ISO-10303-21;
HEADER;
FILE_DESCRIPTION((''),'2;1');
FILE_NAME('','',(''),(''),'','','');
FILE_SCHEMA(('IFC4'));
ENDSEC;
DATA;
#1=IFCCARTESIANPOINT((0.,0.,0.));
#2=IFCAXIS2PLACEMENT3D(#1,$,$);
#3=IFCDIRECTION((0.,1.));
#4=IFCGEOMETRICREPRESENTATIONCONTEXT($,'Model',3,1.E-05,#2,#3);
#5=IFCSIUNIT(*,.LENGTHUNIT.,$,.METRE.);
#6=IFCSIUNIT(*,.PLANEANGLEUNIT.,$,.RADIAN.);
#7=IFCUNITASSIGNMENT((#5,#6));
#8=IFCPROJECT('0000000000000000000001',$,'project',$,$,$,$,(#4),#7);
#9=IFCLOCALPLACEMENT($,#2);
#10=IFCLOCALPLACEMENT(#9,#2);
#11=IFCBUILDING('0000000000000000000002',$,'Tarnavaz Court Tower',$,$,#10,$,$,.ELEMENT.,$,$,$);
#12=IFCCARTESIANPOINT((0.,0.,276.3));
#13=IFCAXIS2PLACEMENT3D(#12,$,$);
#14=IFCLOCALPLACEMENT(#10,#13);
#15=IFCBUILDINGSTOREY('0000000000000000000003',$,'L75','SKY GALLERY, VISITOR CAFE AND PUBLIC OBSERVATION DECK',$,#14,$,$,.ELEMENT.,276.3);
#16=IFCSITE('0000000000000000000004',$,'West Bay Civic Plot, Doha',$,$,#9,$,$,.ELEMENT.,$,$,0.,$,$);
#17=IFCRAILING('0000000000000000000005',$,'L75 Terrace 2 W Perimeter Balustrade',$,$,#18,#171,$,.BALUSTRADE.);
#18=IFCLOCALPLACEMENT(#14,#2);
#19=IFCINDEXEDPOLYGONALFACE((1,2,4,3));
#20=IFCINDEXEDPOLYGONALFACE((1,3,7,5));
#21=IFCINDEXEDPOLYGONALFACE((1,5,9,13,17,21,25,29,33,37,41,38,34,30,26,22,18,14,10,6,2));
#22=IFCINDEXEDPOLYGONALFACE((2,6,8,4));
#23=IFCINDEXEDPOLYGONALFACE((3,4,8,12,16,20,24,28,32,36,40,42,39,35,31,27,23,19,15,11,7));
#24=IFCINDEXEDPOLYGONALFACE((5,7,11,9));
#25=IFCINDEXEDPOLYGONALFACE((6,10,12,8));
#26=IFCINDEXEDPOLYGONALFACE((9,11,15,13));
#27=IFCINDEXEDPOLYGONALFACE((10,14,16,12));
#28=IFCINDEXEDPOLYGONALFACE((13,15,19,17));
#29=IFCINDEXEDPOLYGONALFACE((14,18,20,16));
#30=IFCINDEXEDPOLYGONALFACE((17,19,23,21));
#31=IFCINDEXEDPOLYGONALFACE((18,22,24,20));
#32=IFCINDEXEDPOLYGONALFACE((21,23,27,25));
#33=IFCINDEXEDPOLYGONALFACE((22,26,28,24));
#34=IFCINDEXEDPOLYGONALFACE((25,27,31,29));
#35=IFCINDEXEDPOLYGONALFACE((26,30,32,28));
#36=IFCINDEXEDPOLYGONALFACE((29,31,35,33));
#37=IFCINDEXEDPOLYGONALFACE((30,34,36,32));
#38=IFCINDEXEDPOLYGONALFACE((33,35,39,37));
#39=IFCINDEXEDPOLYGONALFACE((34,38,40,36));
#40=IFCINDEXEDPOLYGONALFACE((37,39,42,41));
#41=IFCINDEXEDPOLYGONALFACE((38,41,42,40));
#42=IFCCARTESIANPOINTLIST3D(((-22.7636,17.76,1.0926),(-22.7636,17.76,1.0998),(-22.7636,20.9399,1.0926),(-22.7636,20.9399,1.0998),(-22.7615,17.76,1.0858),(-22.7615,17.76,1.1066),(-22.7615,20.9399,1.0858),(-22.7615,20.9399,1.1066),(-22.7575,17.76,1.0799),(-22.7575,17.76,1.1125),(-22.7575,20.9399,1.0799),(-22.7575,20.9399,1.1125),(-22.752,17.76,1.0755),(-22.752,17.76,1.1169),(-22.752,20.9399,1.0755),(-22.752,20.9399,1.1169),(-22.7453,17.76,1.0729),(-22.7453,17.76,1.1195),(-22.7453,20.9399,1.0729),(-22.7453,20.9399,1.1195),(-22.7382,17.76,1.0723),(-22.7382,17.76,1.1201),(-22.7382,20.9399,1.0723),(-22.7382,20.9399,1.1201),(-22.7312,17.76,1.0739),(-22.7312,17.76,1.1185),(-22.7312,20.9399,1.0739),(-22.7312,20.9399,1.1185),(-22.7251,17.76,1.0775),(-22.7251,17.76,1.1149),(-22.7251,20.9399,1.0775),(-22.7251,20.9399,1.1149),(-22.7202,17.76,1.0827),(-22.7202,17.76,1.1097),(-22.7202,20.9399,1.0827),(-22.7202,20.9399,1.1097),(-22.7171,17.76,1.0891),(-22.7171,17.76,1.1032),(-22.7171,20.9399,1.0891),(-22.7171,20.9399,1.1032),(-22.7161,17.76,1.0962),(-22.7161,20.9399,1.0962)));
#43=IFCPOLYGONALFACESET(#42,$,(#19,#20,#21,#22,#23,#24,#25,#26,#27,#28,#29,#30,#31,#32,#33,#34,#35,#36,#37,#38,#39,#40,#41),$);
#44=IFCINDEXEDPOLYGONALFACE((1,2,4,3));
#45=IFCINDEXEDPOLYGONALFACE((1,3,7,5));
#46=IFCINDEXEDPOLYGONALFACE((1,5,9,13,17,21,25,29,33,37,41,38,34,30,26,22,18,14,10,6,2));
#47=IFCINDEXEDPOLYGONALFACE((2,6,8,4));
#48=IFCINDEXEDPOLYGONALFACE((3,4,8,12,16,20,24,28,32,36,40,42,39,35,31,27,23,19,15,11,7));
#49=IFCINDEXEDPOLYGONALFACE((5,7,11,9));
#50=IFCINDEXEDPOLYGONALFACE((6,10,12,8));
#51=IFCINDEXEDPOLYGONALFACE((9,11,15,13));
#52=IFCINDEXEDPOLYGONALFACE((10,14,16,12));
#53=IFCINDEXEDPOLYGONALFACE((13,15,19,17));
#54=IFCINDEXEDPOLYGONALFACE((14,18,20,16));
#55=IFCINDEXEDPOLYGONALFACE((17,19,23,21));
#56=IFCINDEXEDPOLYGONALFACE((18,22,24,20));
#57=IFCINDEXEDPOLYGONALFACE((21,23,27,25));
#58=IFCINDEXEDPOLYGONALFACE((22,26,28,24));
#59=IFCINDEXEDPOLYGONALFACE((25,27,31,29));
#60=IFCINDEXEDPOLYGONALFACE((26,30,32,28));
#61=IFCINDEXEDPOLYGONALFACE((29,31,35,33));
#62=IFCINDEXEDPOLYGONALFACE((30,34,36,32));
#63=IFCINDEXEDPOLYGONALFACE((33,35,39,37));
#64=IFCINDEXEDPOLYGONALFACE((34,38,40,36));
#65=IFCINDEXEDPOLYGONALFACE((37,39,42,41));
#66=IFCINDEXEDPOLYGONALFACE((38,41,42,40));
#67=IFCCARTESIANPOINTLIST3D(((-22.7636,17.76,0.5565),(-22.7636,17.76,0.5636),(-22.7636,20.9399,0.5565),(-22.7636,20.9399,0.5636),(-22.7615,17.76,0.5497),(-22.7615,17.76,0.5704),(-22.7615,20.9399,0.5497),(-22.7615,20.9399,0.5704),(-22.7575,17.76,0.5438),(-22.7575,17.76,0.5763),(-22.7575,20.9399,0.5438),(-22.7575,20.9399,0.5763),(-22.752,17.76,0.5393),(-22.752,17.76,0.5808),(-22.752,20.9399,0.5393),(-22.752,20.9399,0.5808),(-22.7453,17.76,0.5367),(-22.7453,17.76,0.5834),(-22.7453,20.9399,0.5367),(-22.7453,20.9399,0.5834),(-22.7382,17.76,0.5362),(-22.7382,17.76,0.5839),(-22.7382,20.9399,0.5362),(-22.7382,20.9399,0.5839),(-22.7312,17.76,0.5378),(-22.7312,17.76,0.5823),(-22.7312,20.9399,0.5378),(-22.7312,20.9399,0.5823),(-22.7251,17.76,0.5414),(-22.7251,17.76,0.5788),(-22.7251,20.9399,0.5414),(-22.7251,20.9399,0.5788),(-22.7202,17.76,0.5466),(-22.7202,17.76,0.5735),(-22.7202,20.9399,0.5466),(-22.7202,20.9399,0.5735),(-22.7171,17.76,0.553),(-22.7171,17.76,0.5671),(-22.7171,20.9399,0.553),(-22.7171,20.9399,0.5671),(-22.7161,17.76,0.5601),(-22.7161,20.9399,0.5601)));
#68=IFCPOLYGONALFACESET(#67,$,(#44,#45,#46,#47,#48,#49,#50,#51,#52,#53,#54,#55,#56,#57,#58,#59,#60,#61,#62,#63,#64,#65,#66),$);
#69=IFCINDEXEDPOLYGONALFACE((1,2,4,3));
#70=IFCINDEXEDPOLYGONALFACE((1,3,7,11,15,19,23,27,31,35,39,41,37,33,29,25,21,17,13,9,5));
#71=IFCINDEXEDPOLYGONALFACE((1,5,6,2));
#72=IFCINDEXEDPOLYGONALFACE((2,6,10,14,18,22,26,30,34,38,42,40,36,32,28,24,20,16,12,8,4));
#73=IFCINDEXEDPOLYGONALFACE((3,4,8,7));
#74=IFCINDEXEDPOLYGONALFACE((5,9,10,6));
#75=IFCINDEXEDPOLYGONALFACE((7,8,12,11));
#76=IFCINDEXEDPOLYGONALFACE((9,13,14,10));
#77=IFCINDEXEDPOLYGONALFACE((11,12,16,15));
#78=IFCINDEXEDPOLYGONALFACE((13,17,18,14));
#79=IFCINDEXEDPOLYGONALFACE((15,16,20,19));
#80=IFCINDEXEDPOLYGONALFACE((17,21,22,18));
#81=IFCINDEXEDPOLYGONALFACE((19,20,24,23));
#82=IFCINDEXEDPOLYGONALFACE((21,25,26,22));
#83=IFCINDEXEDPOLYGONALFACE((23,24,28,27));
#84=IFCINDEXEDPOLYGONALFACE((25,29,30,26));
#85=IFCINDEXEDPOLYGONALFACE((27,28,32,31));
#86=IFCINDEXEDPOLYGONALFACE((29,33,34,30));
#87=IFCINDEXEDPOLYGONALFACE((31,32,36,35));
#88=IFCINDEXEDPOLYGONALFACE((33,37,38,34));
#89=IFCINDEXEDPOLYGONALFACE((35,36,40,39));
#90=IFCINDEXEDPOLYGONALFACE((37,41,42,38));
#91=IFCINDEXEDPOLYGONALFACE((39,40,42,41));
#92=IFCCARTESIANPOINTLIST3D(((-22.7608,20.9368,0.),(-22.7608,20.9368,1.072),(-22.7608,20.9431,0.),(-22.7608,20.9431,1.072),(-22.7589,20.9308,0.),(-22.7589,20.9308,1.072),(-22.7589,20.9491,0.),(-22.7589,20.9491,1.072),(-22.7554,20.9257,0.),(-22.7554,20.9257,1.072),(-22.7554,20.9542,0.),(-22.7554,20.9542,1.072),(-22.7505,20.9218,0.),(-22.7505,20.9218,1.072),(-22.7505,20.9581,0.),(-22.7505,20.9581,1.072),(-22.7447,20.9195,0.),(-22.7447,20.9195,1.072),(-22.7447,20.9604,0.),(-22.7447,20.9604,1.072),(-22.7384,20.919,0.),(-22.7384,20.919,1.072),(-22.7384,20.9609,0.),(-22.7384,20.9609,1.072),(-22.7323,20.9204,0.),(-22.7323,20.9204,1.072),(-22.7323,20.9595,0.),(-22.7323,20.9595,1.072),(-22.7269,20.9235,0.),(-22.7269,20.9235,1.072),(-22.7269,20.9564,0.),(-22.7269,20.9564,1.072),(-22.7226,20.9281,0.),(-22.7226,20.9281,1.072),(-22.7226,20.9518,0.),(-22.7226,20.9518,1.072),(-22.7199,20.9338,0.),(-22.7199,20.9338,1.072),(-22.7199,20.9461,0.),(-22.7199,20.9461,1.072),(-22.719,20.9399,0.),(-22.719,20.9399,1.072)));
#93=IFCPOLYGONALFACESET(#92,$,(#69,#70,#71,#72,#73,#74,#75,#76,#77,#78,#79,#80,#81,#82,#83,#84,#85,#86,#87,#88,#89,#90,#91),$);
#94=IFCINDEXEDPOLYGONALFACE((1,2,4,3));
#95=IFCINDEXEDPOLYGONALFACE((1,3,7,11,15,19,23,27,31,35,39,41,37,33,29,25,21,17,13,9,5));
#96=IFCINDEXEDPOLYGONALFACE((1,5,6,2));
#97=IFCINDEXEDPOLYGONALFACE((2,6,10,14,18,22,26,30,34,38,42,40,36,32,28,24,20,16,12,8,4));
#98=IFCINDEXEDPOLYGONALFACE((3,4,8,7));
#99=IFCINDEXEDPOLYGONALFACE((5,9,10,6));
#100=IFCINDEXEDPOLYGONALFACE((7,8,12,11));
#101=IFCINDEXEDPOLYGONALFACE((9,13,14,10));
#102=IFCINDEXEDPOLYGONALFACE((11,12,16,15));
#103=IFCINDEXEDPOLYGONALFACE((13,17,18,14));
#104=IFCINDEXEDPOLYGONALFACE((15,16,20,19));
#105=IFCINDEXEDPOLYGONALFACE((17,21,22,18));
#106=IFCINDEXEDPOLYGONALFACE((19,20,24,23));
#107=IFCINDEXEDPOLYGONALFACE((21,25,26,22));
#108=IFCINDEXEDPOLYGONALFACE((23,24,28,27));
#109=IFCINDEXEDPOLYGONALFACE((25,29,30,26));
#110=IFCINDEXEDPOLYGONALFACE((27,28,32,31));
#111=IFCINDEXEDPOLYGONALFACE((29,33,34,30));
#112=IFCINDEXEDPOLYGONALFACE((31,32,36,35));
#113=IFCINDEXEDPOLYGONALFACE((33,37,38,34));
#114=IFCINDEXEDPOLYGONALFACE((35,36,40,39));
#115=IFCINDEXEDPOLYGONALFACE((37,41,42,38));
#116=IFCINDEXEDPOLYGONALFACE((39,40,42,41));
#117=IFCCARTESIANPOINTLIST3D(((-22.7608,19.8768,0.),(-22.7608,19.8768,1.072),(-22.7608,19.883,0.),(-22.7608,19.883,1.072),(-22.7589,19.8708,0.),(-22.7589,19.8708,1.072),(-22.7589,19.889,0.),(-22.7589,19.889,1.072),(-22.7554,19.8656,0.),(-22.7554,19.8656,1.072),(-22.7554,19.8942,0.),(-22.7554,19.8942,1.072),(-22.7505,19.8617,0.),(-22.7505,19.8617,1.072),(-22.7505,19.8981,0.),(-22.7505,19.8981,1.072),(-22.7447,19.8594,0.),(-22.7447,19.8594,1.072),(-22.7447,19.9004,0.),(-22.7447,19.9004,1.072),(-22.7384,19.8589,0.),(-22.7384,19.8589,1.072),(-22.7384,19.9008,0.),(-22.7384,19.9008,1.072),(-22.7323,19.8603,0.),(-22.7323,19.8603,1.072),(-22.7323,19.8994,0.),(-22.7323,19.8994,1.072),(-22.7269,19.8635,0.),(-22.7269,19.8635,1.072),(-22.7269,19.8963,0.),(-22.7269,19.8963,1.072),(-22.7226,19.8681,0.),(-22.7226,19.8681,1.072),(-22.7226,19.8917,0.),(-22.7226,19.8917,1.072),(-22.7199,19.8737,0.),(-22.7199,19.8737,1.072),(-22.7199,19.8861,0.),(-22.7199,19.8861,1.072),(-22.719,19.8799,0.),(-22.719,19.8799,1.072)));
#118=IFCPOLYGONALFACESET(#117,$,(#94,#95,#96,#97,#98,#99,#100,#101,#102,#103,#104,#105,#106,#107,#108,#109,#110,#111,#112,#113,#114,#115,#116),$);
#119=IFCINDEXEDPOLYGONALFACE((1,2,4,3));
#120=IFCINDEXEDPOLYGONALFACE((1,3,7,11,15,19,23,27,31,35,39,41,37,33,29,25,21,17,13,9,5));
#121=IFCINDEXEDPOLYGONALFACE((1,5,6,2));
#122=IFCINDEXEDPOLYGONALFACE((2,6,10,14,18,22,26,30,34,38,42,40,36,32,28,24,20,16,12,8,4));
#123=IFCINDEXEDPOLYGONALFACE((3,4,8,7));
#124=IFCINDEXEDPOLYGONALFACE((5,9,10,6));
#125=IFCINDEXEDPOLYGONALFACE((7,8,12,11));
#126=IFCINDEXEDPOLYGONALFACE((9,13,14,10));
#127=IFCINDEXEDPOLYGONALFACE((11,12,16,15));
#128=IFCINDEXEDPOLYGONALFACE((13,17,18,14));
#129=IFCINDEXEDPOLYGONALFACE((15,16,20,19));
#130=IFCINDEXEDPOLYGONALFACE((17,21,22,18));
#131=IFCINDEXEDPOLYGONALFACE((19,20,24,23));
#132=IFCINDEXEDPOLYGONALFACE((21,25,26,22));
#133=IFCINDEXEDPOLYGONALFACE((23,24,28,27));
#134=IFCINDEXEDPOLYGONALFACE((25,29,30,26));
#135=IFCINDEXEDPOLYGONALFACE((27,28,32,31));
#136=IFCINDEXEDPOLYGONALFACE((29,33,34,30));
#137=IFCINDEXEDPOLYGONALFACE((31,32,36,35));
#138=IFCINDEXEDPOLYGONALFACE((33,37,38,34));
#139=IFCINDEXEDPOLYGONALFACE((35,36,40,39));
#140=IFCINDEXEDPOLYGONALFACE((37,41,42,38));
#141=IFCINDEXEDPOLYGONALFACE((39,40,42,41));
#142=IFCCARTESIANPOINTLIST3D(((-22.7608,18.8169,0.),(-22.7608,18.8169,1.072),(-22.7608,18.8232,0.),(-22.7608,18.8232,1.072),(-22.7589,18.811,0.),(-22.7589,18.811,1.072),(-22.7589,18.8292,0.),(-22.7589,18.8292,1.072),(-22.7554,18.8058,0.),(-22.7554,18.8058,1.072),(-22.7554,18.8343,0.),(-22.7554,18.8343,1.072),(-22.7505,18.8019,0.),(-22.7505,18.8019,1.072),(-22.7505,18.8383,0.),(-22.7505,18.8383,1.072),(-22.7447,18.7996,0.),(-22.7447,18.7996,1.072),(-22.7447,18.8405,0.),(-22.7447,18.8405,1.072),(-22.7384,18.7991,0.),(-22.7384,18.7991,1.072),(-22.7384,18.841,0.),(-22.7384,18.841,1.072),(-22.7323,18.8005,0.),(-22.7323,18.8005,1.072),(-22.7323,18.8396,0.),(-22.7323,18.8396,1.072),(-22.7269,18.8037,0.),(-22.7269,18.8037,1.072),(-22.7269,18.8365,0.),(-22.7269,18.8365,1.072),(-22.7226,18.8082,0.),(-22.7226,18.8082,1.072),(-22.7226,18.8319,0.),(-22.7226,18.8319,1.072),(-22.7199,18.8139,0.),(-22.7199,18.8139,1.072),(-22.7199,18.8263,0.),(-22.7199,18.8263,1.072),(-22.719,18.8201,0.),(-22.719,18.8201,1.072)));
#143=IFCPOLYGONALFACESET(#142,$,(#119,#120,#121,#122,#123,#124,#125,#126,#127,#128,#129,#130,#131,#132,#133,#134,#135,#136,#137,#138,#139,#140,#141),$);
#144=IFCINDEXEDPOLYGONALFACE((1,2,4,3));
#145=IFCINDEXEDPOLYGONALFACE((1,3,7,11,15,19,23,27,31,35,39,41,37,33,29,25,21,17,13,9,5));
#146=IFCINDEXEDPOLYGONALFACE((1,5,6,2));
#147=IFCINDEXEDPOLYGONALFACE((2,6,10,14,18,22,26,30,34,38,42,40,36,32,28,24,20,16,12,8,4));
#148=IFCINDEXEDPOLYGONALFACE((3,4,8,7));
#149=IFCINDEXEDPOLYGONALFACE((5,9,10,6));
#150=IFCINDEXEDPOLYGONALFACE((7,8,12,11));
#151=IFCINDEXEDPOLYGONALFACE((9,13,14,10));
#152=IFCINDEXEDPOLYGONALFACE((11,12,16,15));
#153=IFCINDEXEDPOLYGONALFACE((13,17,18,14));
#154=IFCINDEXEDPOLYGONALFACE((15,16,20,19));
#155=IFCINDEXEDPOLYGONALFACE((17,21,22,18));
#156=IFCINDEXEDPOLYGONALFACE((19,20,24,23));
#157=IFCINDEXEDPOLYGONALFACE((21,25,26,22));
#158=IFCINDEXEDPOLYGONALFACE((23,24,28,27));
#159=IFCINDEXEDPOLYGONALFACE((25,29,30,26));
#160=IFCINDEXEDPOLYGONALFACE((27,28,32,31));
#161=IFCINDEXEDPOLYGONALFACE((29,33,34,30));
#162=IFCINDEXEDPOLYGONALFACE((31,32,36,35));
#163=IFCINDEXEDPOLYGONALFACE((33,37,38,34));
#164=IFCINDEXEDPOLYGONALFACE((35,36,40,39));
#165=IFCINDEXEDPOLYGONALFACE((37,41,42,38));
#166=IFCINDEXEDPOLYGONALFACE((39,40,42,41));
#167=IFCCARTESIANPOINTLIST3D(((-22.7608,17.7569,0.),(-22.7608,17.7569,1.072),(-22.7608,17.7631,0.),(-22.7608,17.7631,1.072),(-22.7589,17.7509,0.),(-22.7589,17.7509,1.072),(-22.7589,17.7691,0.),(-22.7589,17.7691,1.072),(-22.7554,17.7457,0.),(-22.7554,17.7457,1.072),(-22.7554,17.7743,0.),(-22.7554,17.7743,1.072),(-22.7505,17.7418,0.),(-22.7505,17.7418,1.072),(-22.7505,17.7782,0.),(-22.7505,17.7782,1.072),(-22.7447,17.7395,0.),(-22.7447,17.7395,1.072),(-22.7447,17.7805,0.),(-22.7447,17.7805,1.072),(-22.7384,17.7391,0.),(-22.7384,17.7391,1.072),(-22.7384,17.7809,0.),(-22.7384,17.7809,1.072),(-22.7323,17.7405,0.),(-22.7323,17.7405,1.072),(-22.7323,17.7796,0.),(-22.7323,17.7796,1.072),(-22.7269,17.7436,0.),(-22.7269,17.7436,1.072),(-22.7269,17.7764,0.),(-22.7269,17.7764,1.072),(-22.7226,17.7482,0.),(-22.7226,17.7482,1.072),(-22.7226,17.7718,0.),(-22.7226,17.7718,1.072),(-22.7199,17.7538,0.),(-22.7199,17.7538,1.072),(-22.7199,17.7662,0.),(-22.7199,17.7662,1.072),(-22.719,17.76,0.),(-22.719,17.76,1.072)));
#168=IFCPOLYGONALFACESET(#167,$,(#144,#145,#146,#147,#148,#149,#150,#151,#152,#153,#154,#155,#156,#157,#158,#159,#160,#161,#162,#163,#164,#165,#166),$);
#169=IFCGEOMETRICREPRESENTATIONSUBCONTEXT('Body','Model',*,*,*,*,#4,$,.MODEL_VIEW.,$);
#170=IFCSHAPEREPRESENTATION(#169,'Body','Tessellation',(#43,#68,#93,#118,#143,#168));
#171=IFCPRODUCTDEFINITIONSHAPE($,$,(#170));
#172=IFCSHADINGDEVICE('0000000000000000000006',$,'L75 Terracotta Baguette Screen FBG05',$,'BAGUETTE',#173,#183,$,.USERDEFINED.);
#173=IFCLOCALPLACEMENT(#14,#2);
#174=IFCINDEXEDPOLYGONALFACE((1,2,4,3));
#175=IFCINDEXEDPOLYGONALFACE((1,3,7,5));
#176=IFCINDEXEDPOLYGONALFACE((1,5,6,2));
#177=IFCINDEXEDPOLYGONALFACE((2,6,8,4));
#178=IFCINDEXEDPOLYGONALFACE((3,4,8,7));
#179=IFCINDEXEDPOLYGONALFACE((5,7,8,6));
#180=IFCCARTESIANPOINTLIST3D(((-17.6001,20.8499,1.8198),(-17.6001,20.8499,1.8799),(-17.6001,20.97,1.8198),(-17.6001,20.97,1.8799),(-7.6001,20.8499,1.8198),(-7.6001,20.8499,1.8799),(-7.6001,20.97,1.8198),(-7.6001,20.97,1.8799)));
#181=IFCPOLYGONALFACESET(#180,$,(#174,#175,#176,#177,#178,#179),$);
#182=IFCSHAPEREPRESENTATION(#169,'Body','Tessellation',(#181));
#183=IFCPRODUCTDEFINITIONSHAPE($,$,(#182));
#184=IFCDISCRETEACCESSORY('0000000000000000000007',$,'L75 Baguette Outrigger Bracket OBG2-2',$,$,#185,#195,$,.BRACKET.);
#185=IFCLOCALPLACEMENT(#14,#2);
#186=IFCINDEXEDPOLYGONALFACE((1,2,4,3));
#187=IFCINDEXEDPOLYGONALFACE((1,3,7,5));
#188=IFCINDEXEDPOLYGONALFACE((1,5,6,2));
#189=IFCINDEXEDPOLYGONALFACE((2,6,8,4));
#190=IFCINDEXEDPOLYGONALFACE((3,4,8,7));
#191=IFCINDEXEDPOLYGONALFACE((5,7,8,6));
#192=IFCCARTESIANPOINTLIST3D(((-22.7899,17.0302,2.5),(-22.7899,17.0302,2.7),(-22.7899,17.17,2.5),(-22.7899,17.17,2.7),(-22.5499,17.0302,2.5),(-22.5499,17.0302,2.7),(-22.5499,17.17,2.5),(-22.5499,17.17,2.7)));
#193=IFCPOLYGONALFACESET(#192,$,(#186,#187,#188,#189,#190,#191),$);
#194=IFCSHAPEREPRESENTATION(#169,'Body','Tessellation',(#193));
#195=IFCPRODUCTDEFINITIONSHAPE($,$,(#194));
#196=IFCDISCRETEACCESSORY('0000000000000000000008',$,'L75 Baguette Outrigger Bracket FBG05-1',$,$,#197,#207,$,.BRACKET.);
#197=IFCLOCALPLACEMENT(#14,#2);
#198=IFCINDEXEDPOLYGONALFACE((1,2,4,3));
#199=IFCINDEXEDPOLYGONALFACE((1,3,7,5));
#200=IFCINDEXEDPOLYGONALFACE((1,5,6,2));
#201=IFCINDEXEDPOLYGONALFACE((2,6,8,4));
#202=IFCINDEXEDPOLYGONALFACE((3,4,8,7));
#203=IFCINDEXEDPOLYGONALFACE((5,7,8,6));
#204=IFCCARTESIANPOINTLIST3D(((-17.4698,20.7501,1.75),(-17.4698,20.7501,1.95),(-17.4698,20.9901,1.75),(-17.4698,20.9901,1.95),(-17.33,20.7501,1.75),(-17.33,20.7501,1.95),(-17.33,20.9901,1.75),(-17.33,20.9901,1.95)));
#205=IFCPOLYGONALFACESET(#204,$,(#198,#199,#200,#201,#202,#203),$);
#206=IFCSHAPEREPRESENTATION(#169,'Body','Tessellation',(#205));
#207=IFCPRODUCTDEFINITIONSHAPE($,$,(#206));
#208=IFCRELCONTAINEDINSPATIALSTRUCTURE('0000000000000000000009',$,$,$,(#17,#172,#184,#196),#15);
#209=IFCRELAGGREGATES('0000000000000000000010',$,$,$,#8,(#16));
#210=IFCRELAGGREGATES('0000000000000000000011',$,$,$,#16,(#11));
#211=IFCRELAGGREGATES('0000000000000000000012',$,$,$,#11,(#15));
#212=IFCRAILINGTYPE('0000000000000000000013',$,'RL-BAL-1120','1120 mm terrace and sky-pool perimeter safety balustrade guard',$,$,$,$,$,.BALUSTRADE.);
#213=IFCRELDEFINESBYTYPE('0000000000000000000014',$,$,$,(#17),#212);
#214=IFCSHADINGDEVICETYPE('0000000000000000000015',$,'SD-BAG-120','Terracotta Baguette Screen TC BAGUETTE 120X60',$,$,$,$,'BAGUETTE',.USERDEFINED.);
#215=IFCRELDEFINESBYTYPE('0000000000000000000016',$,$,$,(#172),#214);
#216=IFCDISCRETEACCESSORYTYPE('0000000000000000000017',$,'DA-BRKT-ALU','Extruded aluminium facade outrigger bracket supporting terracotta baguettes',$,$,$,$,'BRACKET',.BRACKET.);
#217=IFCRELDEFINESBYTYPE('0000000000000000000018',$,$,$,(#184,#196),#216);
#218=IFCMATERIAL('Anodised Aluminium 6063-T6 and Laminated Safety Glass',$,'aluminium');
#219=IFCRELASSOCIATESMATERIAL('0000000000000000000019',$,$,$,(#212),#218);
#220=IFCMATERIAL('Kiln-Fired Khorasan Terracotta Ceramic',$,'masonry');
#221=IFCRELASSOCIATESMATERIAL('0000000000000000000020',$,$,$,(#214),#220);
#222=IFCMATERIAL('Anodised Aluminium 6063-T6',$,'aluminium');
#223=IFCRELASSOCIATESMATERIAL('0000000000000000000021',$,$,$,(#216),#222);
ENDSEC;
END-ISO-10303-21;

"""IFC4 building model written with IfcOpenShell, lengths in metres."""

from ifc_helpers import new_model, si_unit, direction, frame, origin, origin_2d, place, context, subcontext, project, spatial, rectangle, circle, extrude, material, material_profile, profile_set, type_object, element, save


model = new_model("IFC4")

# Units and contexts
model_context = context("Model", 3, precision=1e-05, world=origin(), true_north=direction((0.0, 1.0)))
body_context = subcontext(model_context, "Body", "Model", "MODEL_VIEW")
ifc_project = project(units=[si_unit("LENGTHUNIT", "METRE"), si_unit("PLANEANGLEUNIT", "RADIAN")], contexts=[model_context])

# Site, building, storey
site_placement = place(None, origin())
site = spatial("IfcSite", under=ifc_project, at=site_placement, Name="West Bay Civic Plot, Doha", CompositionType="ELEMENT", RefElevation=0.0)
building_placement = place(site_placement, origin())
building = spatial("IfcBuilding", under=site, at=building_placement, Name="Tarnavaz Court Tower", CompositionType="ELEMENT")
storey_placement = place(building_placement, frame((0.0, 0.0, 276.3)))
storey = spatial("IfcBuildingStorey", under=building, at=storey_placement, Name="L75", Description="SKY GALLERY, VISITOR CAFE AND PUBLIC OBSERVATION DECK", CompositionType="ELEMENT", Elevation=276.3)

# Shared definitions
ifc_material_1 = material(Name="Anodised Aluminium 6063-T6", Category="aluminium")

# Railing
ifc_material_2 = material(Name="Anodised Aluminium 6063-T6 and Laminated Safety Glass", Category="aluminium")
railing_type = type_object("IfcRailingType", Name="RL-BAL-1120", Description="1120 mm terrace and sky-pool perimeter safety balustrade guard", PredefinedType="BALUSTRADE", material=ifc_material_2)
railing_1_placement = place(storey_placement, frame((-22.74, 20.9399, 0.0)))
element("IfcRailing", 1, at=railing_1_placement, inside=storey, type_object=railing_type, Name="L75 Terrace 2 W Perimeter Balustrade", PredefinedType="BALUSTRADE", context=body_context, shape_type="SweptSolid", body=[
    extrude(circle(Radius=0.0239, at=origin_2d()), frame((0.0, 0.0, 1.0962), z_axis=(0.0, -1.0, 0.0), x_axis=(1.0, 0.0, 0.0)), (0.0, 0.0, 1.0), 3.1799),
    extrude(circle(Radius=0.0239, at=origin_2d()), frame((0.0, 0.0, 0.5601), z_axis=(0.0, -1.0, 0.0), x_axis=(1.0, 0.0, 0.0)), (0.0, 0.0, 1.0), 3.1799),
    extrude(circle(Radius=0.021, at=origin_2d()), origin(), (0.0, 0.0, 1.0), 1.072),
    extrude(circle(Radius=0.021, at=origin_2d()), frame((0.0, -1.0601, 0.0)), (0.0, 0.0, 1.0), 1.072),
    extrude(circle(Radius=0.021, at=origin_2d()), frame((0.0, -2.1199, 0.0)), (0.0, 0.0, 1.0), 1.072),
    extrude(circle(Radius=0.021, at=origin_2d()), frame((0.0, -3.1799, 0.0)), (0.0, 0.0, 1.0), 1.072),
])

# Shading device
ifc_material_3 = material(Name="Kiln-Fired Khorasan Terracotta Ceramic", Category="masonry")
ifc_material_profile_1 = material_profile(ifc_material_3, rectangle(XDim=0.1201, YDim=0.0601, at=origin_2d()), Name="TC BAGUETTE 120X60")
ifc_profile_set_1 = profile_set([ifc_material_profile_1], Name="Kiln-Fired Khorasan Terracotta Ceramic")
shading_device_type = type_object("IfcShadingDeviceType", Name="SD-BAG-120", Description="Terracotta Baguette Screen TC BAGUETTE 120X60", ElementType="BAGUETTE", PredefinedType="USERDEFINED", material=ifc_profile_set_1)
shading_device_placement = place(storey_placement, frame((-17.6001, 20.9099, 1.8499), z_axis=(1.0, 0.0, 0.0), x_axis=(0.0, 1.0, 0.0)))
element("IfcShadingDevice", 2, at=shading_device_placement, inside=storey, type_object=shading_device_type, Name="L75 Terracotta Baguette Screen FBG05", ObjectType="BAGUETTE", PredefinedType="USERDEFINED", context=body_context, shape_type="SweptSolid", body=[
    extrude(rectangle(XDim=0.1201, YDim=0.0601, at=origin_2d()), origin(), (0.0, 0.0, 1.0), 10.0),
])

# Discrete accessories
discrete_accessory_type_1 = type_object("IfcDiscreteAccessoryType", Name="DA-BRKT-ALU", Description="Extruded aluminium facade outrigger bracket supporting terracotta baguettes", ElementType="BRACKET", PredefinedType="BRACKET", material=ifc_material_1)
for number, where, z_axis, x_axis, name in (
    (3, (-22.6699, 17.1001, 2.5), (0.0, 0.0, 1.0), (0.0, 1.0, 0.0), "L75 Baguette Outrigger Bracket OBG2-2"),
    (4, (-17.3999, 20.8701, 1.75), (0.0, 0.0, 1.0), (1.0, 0.0, 0.0), "L75 Baguette Outrigger Bracket FBG05-1"),
):
    element("IfcDiscreteAccessory", number, at=place(storey_placement, frame(where, z_axis=z_axis, x_axis=x_axis)), inside=storey, type_object=discrete_accessory_type_1, Name=name, PredefinedType="BRACKET", context=body_context, shape_type="SweptSolid", body=[
        extrude(rectangle(XDim=0.1399, YDim=0.24, at=origin_2d()), origin(), (0.0, 0.0, 1.0), 0.2),
    ])

save(model, "model.ifc")
